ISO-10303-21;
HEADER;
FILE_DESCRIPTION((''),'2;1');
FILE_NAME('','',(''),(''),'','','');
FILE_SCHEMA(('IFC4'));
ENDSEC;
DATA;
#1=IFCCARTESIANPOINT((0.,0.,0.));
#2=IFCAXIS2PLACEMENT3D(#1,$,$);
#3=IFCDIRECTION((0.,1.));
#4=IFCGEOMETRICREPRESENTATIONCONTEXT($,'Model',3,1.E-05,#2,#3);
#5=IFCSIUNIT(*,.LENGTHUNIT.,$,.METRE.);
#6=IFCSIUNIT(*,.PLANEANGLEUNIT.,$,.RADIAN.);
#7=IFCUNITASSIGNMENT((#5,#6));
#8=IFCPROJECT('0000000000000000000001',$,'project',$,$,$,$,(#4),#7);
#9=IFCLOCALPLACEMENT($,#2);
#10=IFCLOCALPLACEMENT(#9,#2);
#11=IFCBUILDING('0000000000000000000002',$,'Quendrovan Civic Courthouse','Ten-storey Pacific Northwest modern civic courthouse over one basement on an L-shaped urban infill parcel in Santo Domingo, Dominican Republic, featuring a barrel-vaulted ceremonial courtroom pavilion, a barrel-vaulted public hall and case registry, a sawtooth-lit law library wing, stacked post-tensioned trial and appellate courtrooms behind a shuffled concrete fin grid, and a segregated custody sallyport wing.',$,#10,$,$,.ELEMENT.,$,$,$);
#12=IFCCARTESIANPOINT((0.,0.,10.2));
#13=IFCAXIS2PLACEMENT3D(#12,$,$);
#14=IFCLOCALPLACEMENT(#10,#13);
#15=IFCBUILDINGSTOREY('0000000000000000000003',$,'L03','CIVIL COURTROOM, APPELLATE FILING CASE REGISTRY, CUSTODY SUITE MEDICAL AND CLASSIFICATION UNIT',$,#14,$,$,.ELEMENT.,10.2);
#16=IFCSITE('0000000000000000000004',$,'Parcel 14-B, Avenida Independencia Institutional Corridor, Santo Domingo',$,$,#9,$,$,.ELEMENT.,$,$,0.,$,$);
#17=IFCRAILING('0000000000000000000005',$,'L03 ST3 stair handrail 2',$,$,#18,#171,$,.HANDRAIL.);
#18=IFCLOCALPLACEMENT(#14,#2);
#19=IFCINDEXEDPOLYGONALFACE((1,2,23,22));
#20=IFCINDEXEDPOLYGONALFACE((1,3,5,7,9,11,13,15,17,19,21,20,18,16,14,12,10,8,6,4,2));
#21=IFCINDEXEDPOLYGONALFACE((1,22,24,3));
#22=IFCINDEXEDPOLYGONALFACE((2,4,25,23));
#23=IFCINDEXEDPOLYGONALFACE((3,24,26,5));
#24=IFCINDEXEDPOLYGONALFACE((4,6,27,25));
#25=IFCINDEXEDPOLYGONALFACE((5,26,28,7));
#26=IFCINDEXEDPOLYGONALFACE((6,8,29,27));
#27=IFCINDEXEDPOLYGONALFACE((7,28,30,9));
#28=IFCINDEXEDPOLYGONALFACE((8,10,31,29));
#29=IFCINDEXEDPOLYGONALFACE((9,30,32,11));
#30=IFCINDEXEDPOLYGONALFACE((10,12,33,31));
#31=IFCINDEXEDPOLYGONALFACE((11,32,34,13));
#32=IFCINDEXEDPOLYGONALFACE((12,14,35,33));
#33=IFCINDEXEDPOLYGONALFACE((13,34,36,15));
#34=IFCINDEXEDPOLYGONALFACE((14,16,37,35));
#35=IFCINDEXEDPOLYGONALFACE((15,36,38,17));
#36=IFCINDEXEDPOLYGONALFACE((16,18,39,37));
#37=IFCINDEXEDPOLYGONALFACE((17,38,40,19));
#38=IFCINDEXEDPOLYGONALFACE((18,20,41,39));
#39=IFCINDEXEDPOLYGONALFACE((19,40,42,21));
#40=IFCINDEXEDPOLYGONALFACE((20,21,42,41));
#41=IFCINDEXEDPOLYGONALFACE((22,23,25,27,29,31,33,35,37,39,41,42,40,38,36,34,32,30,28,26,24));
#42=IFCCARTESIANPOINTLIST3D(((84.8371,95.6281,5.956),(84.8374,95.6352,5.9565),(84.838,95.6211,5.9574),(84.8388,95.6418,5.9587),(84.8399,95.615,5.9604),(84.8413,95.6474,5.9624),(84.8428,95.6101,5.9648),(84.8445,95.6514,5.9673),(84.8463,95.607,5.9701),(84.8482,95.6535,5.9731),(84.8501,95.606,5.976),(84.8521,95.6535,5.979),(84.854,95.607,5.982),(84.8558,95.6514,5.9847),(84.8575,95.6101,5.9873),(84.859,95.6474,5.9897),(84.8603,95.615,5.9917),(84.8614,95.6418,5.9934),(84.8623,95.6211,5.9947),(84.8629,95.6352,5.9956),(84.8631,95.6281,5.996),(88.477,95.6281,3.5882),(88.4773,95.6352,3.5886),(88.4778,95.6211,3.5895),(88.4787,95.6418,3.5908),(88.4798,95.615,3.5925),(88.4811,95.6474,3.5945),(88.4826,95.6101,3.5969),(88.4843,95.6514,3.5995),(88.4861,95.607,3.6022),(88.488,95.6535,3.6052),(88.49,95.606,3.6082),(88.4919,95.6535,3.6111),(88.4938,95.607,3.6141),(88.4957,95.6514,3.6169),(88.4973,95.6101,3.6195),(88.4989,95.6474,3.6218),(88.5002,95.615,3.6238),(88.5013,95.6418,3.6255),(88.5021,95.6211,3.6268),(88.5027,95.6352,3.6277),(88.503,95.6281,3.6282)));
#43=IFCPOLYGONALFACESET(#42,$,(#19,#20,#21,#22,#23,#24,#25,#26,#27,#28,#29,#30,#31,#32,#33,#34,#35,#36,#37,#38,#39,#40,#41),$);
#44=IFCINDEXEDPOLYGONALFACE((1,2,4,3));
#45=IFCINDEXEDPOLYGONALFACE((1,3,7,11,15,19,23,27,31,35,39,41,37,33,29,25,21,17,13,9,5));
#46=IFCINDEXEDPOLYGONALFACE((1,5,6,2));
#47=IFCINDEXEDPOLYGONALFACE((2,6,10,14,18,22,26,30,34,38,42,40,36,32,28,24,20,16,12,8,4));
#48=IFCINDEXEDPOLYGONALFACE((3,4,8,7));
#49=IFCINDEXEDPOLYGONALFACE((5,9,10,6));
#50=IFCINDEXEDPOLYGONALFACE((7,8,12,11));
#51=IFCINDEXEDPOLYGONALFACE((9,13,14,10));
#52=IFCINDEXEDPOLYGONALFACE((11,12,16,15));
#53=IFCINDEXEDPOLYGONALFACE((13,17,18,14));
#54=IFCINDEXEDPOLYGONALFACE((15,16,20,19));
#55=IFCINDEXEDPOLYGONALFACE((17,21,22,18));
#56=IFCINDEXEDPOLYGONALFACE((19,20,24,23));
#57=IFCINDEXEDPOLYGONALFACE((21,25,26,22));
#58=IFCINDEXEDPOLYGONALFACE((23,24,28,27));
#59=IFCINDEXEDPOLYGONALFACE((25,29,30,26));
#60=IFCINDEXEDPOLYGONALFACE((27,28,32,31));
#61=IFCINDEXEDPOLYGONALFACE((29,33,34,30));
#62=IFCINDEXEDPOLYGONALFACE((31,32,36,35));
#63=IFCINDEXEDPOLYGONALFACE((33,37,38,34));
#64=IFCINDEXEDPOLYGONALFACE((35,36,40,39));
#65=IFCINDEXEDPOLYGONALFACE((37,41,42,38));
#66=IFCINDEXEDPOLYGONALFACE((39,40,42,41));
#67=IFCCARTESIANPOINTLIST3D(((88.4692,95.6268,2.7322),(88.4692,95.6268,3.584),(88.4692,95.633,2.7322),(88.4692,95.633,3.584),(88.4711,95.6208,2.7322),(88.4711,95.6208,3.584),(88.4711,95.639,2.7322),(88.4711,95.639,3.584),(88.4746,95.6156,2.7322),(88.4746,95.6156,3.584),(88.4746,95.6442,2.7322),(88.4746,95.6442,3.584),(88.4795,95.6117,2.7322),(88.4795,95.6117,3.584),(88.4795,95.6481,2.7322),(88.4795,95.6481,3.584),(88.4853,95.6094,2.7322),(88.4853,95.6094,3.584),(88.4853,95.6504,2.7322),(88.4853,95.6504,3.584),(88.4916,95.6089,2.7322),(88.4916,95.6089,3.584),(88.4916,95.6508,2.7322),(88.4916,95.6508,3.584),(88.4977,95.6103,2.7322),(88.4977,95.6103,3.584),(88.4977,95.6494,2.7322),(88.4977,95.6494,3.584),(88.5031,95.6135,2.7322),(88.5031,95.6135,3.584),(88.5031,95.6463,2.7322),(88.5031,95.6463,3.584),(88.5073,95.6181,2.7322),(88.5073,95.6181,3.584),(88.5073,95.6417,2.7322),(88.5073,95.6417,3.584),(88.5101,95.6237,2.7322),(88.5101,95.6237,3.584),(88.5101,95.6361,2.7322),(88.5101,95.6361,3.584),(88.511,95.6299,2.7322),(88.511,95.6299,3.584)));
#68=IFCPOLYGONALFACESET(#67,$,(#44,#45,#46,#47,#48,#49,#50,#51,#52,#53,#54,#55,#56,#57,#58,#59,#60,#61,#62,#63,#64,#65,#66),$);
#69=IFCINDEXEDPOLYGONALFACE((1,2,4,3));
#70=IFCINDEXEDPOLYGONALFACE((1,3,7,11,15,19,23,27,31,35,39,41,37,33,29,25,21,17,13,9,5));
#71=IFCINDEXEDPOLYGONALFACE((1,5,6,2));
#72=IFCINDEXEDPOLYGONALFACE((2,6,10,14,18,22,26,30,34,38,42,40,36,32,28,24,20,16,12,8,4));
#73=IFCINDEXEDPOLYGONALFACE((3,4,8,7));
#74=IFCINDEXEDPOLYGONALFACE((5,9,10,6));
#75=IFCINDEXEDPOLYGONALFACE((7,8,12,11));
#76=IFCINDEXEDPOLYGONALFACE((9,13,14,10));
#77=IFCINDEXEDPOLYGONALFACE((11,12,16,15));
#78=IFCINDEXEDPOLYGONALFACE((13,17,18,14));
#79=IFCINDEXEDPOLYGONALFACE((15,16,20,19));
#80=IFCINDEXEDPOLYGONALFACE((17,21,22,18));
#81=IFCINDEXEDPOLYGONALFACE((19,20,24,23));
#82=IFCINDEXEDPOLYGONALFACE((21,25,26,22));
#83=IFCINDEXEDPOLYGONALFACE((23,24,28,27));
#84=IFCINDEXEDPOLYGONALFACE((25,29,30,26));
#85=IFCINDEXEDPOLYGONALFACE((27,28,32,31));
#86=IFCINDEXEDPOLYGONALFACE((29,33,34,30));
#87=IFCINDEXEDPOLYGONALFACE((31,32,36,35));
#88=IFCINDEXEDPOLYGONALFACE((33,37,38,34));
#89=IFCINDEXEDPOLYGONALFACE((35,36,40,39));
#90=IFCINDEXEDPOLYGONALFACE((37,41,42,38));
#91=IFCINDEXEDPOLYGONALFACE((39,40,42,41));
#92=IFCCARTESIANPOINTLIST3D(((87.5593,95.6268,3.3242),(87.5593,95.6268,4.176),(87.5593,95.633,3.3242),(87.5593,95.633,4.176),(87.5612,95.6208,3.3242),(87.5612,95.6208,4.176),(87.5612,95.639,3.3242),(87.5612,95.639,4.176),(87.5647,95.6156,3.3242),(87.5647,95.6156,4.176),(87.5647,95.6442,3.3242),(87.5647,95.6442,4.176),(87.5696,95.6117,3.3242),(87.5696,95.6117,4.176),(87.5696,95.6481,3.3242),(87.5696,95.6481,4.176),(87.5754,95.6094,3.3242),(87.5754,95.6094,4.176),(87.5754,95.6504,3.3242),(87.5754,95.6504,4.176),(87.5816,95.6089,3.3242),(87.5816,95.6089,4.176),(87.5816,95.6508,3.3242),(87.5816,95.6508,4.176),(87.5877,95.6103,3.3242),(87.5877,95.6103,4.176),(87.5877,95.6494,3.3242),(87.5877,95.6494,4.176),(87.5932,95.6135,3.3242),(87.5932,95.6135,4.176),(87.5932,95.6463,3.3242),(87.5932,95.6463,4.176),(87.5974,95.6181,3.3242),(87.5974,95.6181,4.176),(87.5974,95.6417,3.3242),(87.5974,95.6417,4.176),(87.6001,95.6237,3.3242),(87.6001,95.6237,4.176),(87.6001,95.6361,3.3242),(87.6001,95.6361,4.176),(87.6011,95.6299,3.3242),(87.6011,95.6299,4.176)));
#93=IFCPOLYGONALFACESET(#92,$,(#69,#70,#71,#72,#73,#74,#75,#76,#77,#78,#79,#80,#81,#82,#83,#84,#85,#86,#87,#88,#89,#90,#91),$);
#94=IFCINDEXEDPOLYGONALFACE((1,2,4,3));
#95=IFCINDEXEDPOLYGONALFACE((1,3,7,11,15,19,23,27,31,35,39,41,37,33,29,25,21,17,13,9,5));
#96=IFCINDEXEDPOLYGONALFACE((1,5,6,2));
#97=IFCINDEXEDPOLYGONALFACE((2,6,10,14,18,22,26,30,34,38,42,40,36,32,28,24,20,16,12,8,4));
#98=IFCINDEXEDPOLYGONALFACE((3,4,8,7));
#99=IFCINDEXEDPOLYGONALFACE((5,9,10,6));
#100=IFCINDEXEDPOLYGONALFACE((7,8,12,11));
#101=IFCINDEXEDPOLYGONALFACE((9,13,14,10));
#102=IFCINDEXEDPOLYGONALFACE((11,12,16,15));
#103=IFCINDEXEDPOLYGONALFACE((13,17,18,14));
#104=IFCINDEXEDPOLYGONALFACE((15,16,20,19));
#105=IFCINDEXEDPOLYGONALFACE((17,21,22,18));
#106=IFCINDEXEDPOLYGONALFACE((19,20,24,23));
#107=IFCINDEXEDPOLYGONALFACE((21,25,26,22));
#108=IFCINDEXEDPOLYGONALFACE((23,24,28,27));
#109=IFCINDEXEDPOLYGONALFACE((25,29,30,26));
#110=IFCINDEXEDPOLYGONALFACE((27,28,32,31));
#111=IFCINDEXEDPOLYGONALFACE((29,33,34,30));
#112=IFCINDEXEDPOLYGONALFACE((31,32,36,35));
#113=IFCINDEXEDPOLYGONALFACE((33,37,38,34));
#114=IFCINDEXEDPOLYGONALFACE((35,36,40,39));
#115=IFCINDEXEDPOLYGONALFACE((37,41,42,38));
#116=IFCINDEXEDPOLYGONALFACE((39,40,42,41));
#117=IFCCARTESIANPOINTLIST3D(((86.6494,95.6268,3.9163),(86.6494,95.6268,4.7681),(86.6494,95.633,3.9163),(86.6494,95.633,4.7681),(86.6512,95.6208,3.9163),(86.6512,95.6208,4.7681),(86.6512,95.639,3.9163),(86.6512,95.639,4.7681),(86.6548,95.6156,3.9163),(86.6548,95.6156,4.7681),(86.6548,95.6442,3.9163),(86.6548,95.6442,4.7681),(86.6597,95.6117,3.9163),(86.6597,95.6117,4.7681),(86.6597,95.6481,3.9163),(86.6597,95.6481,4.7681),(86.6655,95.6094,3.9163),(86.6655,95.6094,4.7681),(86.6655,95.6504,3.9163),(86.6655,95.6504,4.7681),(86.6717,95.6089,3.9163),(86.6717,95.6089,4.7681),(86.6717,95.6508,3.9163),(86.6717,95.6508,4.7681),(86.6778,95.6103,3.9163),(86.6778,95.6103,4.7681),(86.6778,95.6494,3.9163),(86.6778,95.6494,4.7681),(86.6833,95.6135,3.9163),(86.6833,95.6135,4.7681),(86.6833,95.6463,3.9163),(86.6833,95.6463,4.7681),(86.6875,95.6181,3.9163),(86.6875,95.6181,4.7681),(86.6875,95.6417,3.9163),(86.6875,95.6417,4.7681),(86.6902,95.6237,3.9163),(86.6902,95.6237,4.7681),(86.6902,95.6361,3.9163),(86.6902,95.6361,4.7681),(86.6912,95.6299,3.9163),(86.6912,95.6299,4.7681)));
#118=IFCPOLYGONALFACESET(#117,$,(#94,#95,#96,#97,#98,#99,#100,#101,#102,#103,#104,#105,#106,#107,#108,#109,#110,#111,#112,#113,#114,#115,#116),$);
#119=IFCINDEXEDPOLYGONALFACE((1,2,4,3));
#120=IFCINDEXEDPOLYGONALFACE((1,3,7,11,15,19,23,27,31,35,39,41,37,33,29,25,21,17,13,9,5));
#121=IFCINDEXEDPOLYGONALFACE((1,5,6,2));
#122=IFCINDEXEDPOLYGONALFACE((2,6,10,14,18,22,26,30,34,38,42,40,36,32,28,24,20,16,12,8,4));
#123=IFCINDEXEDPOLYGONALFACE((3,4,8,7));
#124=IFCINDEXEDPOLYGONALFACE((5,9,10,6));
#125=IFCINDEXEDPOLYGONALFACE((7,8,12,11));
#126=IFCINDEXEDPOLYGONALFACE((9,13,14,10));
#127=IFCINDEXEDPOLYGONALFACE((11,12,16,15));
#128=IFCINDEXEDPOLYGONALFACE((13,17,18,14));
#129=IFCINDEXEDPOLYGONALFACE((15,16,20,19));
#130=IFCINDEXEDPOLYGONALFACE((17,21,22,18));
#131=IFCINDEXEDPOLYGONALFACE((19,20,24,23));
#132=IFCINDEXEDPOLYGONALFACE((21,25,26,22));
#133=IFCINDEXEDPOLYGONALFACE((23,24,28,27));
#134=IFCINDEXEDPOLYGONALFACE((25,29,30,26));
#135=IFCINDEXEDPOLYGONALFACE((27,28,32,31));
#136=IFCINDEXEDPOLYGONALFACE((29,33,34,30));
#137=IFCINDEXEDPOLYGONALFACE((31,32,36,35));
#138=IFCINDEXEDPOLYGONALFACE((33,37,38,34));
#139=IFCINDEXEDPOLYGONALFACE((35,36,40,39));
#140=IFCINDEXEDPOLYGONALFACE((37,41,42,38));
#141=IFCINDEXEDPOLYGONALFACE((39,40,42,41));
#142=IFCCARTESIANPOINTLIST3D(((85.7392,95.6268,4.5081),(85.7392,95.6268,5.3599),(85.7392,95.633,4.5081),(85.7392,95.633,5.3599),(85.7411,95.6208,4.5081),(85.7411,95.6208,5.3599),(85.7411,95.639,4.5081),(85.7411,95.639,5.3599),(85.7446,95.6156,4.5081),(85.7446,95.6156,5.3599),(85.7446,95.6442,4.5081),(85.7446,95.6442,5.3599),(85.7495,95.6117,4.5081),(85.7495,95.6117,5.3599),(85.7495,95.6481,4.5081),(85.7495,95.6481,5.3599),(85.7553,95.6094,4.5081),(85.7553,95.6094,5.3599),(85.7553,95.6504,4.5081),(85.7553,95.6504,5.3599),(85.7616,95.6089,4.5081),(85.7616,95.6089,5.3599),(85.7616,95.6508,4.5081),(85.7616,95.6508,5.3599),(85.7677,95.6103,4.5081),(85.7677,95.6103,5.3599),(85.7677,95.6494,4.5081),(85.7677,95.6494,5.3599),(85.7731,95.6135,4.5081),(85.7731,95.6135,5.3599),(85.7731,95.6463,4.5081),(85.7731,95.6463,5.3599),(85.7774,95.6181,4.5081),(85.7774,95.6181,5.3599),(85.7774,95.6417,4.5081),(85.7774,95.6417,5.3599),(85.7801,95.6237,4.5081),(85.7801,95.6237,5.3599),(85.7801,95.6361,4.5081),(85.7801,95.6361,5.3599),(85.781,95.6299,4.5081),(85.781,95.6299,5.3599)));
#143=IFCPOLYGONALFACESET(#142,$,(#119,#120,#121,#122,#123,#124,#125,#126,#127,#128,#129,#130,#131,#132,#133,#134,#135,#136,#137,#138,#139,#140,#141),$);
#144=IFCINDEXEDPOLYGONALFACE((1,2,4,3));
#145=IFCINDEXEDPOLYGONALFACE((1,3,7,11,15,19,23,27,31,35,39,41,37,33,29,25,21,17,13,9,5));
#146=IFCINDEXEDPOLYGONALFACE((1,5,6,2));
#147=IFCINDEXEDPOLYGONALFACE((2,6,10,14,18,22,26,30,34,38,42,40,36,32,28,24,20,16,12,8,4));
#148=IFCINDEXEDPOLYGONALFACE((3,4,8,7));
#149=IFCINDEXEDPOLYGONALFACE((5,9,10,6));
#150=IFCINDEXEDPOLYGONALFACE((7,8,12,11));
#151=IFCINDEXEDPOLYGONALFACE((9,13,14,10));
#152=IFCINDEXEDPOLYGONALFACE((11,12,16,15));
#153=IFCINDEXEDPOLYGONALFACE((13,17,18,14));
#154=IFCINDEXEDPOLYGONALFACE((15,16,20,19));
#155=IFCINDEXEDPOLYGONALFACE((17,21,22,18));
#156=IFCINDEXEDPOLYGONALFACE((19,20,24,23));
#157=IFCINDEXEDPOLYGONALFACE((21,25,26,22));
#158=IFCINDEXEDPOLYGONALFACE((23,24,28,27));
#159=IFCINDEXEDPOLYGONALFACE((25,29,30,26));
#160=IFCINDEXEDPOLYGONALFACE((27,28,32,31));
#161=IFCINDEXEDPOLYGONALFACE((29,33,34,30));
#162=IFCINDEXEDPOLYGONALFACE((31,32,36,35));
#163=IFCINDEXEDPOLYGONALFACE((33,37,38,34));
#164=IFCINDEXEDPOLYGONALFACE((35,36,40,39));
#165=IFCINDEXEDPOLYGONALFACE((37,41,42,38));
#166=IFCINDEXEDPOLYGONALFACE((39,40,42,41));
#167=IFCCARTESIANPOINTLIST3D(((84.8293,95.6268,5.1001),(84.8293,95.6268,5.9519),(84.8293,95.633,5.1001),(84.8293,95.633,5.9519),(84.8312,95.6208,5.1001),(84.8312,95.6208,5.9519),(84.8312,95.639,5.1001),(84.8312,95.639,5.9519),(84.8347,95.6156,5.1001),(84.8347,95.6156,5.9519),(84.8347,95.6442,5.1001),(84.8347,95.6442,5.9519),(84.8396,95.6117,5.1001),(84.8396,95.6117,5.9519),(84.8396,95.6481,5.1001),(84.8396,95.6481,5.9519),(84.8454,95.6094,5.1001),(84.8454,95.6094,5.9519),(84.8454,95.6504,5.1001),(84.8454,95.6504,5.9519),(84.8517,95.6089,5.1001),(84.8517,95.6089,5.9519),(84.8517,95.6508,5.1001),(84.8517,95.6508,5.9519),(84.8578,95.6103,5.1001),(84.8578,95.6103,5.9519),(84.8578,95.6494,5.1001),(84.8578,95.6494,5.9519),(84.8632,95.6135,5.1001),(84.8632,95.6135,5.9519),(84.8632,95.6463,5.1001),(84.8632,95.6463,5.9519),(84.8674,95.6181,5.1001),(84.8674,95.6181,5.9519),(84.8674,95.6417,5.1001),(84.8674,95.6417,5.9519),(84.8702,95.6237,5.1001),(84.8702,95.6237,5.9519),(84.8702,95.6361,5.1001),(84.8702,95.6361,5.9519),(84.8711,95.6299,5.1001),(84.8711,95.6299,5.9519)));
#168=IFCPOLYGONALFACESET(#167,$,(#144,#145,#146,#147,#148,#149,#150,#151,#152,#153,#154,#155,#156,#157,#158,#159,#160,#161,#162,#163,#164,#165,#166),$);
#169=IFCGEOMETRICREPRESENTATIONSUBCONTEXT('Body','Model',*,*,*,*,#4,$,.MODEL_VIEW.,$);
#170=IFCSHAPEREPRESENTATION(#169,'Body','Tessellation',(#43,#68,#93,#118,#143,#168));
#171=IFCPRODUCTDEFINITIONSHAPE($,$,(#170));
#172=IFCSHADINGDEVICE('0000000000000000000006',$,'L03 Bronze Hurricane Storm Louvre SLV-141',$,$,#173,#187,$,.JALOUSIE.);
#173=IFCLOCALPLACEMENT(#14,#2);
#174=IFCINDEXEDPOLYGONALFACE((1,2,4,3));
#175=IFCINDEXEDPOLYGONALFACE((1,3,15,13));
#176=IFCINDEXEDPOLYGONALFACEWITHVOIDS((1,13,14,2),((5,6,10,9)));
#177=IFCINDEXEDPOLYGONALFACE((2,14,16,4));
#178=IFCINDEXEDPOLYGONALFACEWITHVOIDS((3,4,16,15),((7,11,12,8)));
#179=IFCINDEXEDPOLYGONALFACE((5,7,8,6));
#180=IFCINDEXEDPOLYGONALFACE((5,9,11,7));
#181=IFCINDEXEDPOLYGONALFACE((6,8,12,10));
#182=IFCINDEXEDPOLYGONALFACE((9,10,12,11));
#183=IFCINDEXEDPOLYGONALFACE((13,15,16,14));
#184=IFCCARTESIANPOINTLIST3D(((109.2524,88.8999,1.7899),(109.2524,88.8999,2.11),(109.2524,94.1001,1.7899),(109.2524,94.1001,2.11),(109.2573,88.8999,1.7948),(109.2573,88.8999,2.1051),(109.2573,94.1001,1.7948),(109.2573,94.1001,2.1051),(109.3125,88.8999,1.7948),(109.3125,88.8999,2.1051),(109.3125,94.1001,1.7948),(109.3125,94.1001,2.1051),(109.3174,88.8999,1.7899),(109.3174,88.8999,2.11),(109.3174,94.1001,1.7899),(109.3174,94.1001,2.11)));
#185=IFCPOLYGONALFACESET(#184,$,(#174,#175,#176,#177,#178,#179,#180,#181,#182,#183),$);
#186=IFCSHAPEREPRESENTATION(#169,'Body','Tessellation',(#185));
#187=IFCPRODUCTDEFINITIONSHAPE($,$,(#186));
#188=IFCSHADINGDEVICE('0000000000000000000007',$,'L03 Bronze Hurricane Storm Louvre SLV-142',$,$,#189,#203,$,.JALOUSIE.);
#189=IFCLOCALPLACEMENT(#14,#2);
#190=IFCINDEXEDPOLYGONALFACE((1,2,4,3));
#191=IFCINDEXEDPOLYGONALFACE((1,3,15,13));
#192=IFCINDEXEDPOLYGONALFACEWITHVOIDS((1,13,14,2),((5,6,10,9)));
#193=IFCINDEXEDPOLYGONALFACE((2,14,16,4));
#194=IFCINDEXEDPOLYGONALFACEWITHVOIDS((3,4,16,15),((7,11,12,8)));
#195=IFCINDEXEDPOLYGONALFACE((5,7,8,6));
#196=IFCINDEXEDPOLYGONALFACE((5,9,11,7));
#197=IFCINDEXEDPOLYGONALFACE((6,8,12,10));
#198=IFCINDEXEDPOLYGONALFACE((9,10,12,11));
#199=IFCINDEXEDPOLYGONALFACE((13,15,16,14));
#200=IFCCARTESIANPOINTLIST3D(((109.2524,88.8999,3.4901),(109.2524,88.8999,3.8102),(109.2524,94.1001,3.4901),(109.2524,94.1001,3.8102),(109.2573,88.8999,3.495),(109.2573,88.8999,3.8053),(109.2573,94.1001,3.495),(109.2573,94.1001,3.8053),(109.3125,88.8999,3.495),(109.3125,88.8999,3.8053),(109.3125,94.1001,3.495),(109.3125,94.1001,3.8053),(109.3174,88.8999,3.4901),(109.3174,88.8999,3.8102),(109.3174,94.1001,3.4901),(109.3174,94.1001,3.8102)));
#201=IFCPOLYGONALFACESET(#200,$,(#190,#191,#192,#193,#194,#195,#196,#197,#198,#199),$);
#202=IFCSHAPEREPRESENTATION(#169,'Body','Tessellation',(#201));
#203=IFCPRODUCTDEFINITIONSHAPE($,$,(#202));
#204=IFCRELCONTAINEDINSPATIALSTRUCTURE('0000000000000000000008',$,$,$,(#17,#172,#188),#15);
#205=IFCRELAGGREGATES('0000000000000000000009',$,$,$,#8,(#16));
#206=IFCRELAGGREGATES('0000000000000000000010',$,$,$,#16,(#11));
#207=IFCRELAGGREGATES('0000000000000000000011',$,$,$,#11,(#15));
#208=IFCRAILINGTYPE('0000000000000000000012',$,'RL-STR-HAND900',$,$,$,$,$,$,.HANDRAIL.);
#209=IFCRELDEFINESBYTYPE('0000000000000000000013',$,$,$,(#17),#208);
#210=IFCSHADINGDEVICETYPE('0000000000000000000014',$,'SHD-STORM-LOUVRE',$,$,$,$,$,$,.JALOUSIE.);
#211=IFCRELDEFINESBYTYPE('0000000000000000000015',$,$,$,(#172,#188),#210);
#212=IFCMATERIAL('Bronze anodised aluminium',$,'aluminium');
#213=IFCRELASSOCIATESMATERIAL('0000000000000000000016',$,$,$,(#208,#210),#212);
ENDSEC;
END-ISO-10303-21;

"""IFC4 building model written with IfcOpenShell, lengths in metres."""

from ifc_helpers import new_model, si_unit, direction, frame, origin, origin_2d, place, context, subcontext, project, spatial, hollow_rectangle, circle, extrude, material, material_profile, profile_set, type_object, element, save


model = new_model("IFC4")

# Units and contexts
model_context = context("Model", 3, precision=1e-05, world=origin(), true_north=direction((0.0, 1.0)))
body_context = subcontext(model_context, "Body", "Model", "MODEL_VIEW")
ifc_project = project(units=[si_unit("LENGTHUNIT", "METRE"), si_unit("PLANEANGLEUNIT", "RADIAN")], contexts=[model_context])

# Site, building, storey
site_placement = place(None, origin())
site = spatial("IfcSite", under=ifc_project, at=site_placement, Name="Parcel 14-B, Avenida Independencia Institutional Corridor, Santo Domingo", CompositionType="ELEMENT", RefElevation=0.0)
building_placement = place(site_placement, origin())
building = spatial("IfcBuilding", under=site, at=building_placement, Name="Quendrovan Civic Courthouse", Description="Ten-storey Pacific Northwest modern civic courthouse over one basement on an L-shaped urban infill parcel in Santo Domingo, Dominican Republic, featuring a barrel-vaulted ceremonial courtroom pavilion, a barrel-vaulted public hall and case registry, a sawtooth-lit law library wing, stacked post-tensioned trial and appellate courtrooms behind a shuffled concrete fin grid, and a segregated custody sallyport wing.", CompositionType="ELEMENT")
storey_placement = place(building_placement, frame((0.0, 0.0, 10.2)))
storey = spatial("IfcBuildingStorey", under=building, at=storey_placement, Name="L03", Description="CIVIL COURTROOM, APPELLATE FILING CASE REGISTRY, CUSTODY SUITE MEDICAL AND CLASSIFICATION UNIT", CompositionType="ELEMENT", Elevation=10.2)

# Shared definitions
ifc_material_1 = material(Name="Bronze anodised aluminium", Category="aluminium")

# Railing
railing_type_1 = type_object("IfcRailingType", Name="RL-STR-HAND900", PredefinedType="HANDRAIL", material=ifc_material_1)
railing_1_placement = place(storey_placement, frame((88.49, 95.6299, 2.7322)))
element("IfcRailing", 1, at=railing_1_placement, inside=storey, type_object=railing_type_1, Name="L03 ST3 stair handrail 2", PredefinedType="HANDRAIL", context=body_context, shape_type="SweptSolid", body=[
    extrude(circle(Radius=0.0239, at=origin_2d()), frame((0.0, 0.0, 0.876), z_axis=(-0.838234, 0.0, 0.54531), x_axis=(0.0, -1.0, 0.0)), (0.0, 0.0, 1.0), 4.3423),
    extrude(circle(Radius=0.021, at=origin_2d()), origin(), (0.0, 0.0, 1.0), 0.8518),
    extrude(circle(Radius=0.021, at=origin_2d()), frame((-0.9099, 0.0, 0.592)), (0.0, 0.0, 1.0), 0.8518),
    extrude(circle(Radius=0.021, at=origin_2d()), frame((-1.8198, 0.0, 1.1841)), (0.0, 0.0, 1.0), 0.8518),
    extrude(circle(Radius=0.021, at=origin_2d()), frame((-2.73, 0.0, 1.7759)), (0.0, 0.0, 1.0), 0.8518),
    extrude(circle(Radius=0.021, at=origin_2d()), frame((-3.6399, 0.0, 2.3679)), (0.0, 0.0, 1.0), 0.8518),
])

# Shading devices
ifc_material_profile_1 = material_profile(ifc_material_1, hollow_rectangle(XDim=0.0649, YDim=0.3201, WallThickness=0.0049, at=origin_2d()), Name="AL-LOUVRE-65x320")
ifc_profile_set_1 = profile_set([ifc_material_profile_1], Name="Bronze anodised aluminium")
shading_device_type = type_object("IfcShadingDeviceType", Name="SHD-STORM-LOUVRE", PredefinedType="JALOUSIE", material=ifc_profile_set_1)
for number, where, z_axis, x_axis, name in (
    (2, (109.2849, 88.8999, 1.95), (0.0, 1.0, 0.0), (-1.0, 0.0, 0.0), "L03 Bronze Hurricane Storm Louvre SLV-141"),
    (3, (109.2849, 88.8999, 3.6501), (0.0, 1.0, 0.0), (-1.0, 0.0, 0.0), "L03 Bronze Hurricane Storm Louvre SLV-142"),
):
    element("IfcShadingDevice", number, at=place(storey_placement, frame(where, z_axis=z_axis, x_axis=x_axis)), inside=storey, type_object=shading_device_type, Name=name, PredefinedType="JALOUSIE", context=body_context, shape_type="SweptSolid", body=[
        extrude(hollow_rectangle(XDim=0.0649, YDim=0.3201, WallThickness=0.0049, at=origin_2d()), origin(), (0.0, 0.0, 1.0), 5.2002),
    ])

save(model, "model.ifc")
